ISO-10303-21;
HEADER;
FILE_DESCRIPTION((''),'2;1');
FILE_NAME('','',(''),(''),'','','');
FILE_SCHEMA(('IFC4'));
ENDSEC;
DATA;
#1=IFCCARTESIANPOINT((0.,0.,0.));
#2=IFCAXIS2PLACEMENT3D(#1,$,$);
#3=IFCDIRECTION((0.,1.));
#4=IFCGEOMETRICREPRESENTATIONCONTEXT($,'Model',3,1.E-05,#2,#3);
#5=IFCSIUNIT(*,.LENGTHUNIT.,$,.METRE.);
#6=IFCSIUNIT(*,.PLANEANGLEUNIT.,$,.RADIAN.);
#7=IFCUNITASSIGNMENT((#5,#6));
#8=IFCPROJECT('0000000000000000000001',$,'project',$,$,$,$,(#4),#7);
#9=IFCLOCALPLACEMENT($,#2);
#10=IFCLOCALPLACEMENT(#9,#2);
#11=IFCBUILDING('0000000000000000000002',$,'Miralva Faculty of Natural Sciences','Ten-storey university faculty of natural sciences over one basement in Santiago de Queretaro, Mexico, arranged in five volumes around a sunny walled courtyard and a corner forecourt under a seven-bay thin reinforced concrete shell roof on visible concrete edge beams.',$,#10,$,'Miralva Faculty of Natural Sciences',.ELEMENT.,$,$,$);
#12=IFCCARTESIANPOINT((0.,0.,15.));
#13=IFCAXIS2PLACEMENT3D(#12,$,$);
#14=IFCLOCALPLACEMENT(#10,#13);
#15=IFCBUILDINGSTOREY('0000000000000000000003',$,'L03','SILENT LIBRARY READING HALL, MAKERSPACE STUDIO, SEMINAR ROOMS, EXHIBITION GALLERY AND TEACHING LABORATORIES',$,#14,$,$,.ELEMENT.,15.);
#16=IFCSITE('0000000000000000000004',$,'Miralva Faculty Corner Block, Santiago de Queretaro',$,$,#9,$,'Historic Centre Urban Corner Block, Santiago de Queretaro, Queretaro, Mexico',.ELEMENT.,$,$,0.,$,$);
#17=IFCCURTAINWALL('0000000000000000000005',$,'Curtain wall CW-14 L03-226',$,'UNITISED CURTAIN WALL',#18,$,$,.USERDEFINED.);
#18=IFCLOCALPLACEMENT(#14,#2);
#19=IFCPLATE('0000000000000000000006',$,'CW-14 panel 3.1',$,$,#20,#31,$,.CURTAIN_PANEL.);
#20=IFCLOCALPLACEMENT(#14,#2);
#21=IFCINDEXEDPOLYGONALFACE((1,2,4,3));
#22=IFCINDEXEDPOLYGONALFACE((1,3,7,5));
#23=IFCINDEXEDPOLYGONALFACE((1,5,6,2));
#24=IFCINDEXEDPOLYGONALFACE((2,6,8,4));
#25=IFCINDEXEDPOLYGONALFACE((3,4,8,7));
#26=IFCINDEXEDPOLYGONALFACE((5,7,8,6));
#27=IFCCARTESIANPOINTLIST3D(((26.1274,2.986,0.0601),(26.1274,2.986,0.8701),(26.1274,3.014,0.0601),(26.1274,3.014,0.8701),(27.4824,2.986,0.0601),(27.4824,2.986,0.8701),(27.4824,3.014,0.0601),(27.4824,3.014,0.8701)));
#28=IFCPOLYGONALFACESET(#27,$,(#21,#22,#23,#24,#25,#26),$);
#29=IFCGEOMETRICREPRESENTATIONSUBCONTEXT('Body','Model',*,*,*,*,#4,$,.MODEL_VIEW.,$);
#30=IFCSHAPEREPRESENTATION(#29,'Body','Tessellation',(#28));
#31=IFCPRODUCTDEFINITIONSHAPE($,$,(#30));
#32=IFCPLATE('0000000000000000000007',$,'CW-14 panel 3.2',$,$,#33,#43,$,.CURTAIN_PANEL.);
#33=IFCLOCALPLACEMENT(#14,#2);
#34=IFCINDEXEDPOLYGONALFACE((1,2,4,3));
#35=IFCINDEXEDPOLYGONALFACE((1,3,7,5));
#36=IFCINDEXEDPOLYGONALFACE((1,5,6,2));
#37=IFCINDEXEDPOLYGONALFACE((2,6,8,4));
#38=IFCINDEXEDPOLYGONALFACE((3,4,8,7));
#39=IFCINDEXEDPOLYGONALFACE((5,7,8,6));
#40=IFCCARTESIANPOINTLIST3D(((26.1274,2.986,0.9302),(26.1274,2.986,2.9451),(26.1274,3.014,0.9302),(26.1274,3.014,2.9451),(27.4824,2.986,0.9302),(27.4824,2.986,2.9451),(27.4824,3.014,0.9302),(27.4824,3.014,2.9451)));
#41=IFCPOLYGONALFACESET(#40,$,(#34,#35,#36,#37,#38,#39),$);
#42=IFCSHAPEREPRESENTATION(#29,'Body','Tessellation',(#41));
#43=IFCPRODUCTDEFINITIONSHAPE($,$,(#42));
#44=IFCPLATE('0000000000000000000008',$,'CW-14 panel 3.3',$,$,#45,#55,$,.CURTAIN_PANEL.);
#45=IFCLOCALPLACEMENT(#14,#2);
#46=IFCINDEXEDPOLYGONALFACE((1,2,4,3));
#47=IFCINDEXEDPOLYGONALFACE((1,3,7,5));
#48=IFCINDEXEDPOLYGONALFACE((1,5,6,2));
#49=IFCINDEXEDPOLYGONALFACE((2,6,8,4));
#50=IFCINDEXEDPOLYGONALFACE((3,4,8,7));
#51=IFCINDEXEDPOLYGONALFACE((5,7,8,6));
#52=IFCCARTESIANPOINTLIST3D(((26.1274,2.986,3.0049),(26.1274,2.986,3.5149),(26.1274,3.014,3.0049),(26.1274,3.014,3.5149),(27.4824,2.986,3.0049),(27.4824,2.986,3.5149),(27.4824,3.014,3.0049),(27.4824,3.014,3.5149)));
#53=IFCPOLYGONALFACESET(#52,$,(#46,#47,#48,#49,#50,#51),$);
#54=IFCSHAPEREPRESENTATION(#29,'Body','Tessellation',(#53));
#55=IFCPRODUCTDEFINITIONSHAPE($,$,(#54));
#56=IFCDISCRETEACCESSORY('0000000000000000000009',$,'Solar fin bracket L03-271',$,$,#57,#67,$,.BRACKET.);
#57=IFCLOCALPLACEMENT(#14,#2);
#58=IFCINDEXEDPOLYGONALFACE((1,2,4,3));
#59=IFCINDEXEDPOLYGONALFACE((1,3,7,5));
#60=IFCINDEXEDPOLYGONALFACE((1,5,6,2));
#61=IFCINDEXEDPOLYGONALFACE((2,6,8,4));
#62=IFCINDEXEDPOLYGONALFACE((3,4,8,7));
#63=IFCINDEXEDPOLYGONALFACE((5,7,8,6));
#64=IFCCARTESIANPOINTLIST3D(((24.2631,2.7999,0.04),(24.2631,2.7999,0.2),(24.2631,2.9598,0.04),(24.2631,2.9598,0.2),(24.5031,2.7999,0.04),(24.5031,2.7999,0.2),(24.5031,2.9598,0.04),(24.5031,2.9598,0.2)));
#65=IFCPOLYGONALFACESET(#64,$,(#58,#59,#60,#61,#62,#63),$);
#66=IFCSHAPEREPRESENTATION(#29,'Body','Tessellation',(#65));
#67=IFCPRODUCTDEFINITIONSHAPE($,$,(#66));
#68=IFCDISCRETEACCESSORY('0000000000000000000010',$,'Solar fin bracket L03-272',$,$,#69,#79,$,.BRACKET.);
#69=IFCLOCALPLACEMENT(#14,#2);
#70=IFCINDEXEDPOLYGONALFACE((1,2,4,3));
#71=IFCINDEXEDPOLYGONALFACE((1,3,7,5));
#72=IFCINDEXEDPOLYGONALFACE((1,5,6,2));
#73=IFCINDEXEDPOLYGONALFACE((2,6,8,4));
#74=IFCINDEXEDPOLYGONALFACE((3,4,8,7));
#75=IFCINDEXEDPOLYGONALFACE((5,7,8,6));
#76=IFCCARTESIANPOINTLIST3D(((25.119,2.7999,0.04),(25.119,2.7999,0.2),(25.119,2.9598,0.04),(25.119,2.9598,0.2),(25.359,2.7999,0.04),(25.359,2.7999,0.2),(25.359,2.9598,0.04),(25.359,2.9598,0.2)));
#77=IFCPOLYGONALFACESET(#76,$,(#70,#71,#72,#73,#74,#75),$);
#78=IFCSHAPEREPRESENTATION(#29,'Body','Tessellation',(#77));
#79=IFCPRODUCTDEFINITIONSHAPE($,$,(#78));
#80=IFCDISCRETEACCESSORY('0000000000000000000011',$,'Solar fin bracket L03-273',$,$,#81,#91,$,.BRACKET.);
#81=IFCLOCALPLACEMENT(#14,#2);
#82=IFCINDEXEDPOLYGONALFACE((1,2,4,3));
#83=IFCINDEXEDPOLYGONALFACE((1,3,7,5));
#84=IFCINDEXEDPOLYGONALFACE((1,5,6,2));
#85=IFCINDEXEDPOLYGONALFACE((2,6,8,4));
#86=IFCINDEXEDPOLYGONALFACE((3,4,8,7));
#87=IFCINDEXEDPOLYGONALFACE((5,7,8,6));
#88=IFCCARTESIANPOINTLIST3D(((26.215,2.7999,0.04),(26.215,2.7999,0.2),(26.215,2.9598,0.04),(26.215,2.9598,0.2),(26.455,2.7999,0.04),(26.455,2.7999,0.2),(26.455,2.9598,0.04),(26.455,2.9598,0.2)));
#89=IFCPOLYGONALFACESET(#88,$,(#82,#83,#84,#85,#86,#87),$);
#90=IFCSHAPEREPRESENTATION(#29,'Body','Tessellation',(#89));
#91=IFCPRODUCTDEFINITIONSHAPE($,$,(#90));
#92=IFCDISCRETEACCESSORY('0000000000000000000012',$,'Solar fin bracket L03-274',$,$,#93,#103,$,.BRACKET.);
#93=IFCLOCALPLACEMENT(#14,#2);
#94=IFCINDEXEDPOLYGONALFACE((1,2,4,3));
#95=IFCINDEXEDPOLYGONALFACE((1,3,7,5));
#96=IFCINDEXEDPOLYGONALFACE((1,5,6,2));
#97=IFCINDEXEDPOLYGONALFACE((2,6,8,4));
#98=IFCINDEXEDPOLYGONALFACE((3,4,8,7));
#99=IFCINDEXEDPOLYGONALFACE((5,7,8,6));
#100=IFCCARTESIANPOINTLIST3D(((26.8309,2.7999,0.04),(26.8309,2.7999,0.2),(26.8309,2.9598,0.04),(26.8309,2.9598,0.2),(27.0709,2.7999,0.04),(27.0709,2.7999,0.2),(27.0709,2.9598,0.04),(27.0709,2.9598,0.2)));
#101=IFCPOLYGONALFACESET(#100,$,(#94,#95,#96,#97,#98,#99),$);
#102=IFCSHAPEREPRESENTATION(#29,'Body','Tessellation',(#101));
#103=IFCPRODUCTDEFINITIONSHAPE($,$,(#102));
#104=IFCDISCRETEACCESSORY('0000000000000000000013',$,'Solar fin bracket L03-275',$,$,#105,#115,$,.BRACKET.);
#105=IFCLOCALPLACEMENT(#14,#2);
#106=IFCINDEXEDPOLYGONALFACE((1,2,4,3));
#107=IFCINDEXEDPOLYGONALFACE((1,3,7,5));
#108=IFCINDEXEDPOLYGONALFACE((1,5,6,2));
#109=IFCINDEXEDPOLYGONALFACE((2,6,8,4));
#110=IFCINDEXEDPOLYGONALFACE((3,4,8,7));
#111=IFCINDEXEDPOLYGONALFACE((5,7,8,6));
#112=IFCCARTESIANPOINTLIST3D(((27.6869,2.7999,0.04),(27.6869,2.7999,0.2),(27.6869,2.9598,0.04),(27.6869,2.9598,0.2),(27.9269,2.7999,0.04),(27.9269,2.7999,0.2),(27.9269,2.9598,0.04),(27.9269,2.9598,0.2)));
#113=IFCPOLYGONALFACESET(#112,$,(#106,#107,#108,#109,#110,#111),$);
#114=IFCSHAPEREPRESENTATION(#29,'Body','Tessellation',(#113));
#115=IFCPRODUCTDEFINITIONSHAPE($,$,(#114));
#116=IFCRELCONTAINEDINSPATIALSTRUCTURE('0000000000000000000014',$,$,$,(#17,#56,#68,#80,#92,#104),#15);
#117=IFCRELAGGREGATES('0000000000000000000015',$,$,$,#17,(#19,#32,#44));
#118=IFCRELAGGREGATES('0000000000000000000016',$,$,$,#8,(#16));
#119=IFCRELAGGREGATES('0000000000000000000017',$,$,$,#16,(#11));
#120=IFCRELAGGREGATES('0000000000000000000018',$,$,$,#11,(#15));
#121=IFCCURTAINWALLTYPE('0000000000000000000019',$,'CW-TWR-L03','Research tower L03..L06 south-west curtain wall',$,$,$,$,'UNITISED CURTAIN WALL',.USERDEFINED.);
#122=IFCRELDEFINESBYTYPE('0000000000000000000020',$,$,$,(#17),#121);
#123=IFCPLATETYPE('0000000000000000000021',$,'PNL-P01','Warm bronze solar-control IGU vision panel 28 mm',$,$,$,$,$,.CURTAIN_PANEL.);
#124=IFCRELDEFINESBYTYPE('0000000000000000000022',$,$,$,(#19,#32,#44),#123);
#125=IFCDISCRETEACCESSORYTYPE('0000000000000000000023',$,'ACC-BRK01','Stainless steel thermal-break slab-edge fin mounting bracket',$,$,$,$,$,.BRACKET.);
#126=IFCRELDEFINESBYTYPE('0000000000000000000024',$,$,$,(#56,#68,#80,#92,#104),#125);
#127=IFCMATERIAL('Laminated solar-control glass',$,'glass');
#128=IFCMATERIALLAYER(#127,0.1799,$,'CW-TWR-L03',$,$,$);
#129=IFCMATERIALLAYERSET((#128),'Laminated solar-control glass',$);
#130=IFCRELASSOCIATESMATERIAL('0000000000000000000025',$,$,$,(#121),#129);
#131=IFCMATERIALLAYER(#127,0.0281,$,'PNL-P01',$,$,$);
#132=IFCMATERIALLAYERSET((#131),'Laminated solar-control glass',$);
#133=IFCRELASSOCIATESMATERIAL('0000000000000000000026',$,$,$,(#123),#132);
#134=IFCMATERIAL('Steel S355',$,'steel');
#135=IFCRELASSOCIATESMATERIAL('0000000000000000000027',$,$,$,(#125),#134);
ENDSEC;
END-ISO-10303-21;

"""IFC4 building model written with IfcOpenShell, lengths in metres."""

from ifc_helpers import new_model, si_unit, direction, frame, origin, origin_2d, place, context, subcontext, project, spatial, rectangle, extrude, material, layer, layer_set, type_object, element, aggregate, save


model = new_model("IFC4")

# Units and contexts
model_context = context("Model", 3, precision=1e-05, world=origin(), true_north=direction((0.0, 1.0)))
body_context = subcontext(model_context, "Body", "Model", "MODEL_VIEW")
ifc_project = project(units=[si_unit("LENGTHUNIT", "METRE"), si_unit("PLANEANGLEUNIT", "RADIAN")], contexts=[model_context])

# Site, building, storey
site_placement = place(None, origin())
site = spatial("IfcSite", under=ifc_project, at=site_placement, Name="Miralva Faculty Corner Block, Santiago de Queretaro", LongName="Historic Centre Urban Corner Block, Santiago de Queretaro, Queretaro, Mexico", CompositionType="ELEMENT", RefElevation=0.0)
building_placement = place(site_placement, origin())
building = spatial("IfcBuilding", under=site, at=building_placement, Name="Miralva Faculty of Natural Sciences", Description="Ten-storey university faculty of natural sciences over one basement in Santiago de Queretaro, Mexico, arranged in five volumes around a sunny walled courtyard and a corner forecourt under a seven-bay thin reinforced concrete shell roof on visible concrete edge beams.", LongName="Miralva Faculty of Natural Sciences", CompositionType="ELEMENT")
storey_placement = place(building_placement, frame((0.0, 0.0, 15.0)))
storey = spatial("IfcBuildingStorey", under=building, at=storey_placement, Name="L03", Description="SILENT LIBRARY READING HALL, MAKERSPACE STUDIO, SEMINAR ROOMS, EXHIBITION GALLERY AND TEACHING LABORATORIES", CompositionType="ELEMENT", Elevation=15.0)

# Curtain wall
ifc_material_1 = material(Name="Laminated solar-control glass", Category="glass")
ifc_layer_1 = layer(ifc_material_1, 0.1799, Name="CW-TWR-L03")
ifc_layer_set_1 = layer_set([ifc_layer_1], Name="Laminated solar-control glass")
curtain_wall_type = type_object("IfcCurtainWallType", Name="CW-TWR-L03", Description="Research tower L03..L06 south-west curtain wall", ElementType="UNITISED CURTAIN WALL", PredefinedType="USERDEFINED", material=ifc_layer_set_1)
curtain_wall_placement = place(storey_placement, origin())
curtain_wall = element("IfcCurtainWall", 1, at=curtain_wall_placement, inside=storey, type_object=curtain_wall_type, Name="Curtain wall CW-14 L03-226", ObjectType="UNITISED CURTAIN WALL", PredefinedType="USERDEFINED")

# Plates
ifc_layer_2 = layer(ifc_material_1, 0.0281, Name="PNL-P01")
ifc_layer_set_2 = layer_set([ifc_layer_2], Name="Laminated solar-control glass")
plate_type = type_object("IfcPlateType", Name="PNL-P01", Description="Warm bronze solar-control IGU vision panel 28 mm", PredefinedType="CURTAIN_PANEL", material=ifc_layer_set_2)
plate_1_placement = place(storey_placement, frame((26.8049, 3.0, 0.0601), z_axis=(0.0, 0.0, 1.0), x_axis=(1.0, 0.0, 0.0)))
plate_1 = element("IfcPlate", 2, at=plate_1_placement, type_object=plate_type, Name="CW-14 panel 3.1", PredefinedType="CURTAIN_PANEL", context=body_context, shape_type="SweptSolid", body=[
    extrude(rectangle(XDim=1.355, YDim=0.0281, at=origin_2d()), origin(), (0.0, 0.0, 1.0), 0.8101),
])
plate_2_placement = place(storey_placement, frame((26.8049, 3.0, 0.9302), z_axis=(0.0, 0.0, 1.0), x_axis=(1.0, 0.0, 0.0)))
plate_2 = element("IfcPlate", 3, at=plate_2_placement, type_object=plate_type, Name="CW-14 panel 3.2", PredefinedType="CURTAIN_PANEL", context=body_context, shape_type="SweptSolid", body=[
    extrude(rectangle(XDim=1.355, YDim=0.0281, at=origin_2d()), origin(), (0.0, 0.0, 1.0), 2.0149),
])
plate_3_placement = place(storey_placement, frame((26.8049, 3.0, 3.0049), z_axis=(0.0, 0.0, 1.0), x_axis=(1.0, 0.0, 0.0)))
plate_3 = element("IfcPlate", 4, at=plate_3_placement, type_object=plate_type, Name="CW-14 panel 3.3", PredefinedType="CURTAIN_PANEL", context=body_context, shape_type="SweptSolid", body=[
    extrude(rectangle(XDim=1.355, YDim=0.0281, at=origin_2d()), origin(), (0.0, 0.0, 1.0), 0.51),
])
aggregate(curtain_wall, [plate_1, plate_2, plate_3])

# Discrete accessories
ifc_material_2 = material(Name="Steel S355", Category="steel")
discrete_accessory_type = type_object("IfcDiscreteAccessoryType", Name="ACC-BRK01", Description="Stainless steel thermal-break slab-edge fin mounting bracket", PredefinedType="BRACKET", material=ifc_material_2)
for number, where, z_axis, x_axis, name in (
    (5, (24.3831, 2.8799, 0.04), (0.0, 0.0, 1.0), (0.0, -1.0, 0.0), "Solar fin bracket L03-271"),
    (6, (25.239, 2.8799, 0.04), (0.0, 0.0, 1.0), (0.0, -1.0, 0.0), "Solar fin bracket L03-272"),
    (7, (26.335, 2.8799, 0.04), (0.0, 0.0, 1.0), (0.0, -1.0, 0.0), "Solar fin bracket L03-273"),
    (8, (26.9509, 2.8799, 0.04), (0.0, 0.0, 1.0), (0.0, -1.0, 0.0), "Solar fin bracket L03-274"),
    (9, (27.8069, 2.8799, 0.04), (0.0, 0.0, 1.0), (0.0, -1.0, 0.0), "Solar fin bracket L03-275"),
):
    element("IfcDiscreteAccessory", number, at=place(storey_placement, frame(where, z_axis=z_axis, x_axis=x_axis)), inside=storey, type_object=discrete_accessory_type, Name=name, PredefinedType="BRACKET", context=body_context, shape_type="SweptSolid", body=[
        extrude(rectangle(XDim=0.1599, YDim=0.24, at=origin_2d()), origin(), (0.0, 0.0, 1.0), 0.1599),
    ])

save(model, "model.ifc")
